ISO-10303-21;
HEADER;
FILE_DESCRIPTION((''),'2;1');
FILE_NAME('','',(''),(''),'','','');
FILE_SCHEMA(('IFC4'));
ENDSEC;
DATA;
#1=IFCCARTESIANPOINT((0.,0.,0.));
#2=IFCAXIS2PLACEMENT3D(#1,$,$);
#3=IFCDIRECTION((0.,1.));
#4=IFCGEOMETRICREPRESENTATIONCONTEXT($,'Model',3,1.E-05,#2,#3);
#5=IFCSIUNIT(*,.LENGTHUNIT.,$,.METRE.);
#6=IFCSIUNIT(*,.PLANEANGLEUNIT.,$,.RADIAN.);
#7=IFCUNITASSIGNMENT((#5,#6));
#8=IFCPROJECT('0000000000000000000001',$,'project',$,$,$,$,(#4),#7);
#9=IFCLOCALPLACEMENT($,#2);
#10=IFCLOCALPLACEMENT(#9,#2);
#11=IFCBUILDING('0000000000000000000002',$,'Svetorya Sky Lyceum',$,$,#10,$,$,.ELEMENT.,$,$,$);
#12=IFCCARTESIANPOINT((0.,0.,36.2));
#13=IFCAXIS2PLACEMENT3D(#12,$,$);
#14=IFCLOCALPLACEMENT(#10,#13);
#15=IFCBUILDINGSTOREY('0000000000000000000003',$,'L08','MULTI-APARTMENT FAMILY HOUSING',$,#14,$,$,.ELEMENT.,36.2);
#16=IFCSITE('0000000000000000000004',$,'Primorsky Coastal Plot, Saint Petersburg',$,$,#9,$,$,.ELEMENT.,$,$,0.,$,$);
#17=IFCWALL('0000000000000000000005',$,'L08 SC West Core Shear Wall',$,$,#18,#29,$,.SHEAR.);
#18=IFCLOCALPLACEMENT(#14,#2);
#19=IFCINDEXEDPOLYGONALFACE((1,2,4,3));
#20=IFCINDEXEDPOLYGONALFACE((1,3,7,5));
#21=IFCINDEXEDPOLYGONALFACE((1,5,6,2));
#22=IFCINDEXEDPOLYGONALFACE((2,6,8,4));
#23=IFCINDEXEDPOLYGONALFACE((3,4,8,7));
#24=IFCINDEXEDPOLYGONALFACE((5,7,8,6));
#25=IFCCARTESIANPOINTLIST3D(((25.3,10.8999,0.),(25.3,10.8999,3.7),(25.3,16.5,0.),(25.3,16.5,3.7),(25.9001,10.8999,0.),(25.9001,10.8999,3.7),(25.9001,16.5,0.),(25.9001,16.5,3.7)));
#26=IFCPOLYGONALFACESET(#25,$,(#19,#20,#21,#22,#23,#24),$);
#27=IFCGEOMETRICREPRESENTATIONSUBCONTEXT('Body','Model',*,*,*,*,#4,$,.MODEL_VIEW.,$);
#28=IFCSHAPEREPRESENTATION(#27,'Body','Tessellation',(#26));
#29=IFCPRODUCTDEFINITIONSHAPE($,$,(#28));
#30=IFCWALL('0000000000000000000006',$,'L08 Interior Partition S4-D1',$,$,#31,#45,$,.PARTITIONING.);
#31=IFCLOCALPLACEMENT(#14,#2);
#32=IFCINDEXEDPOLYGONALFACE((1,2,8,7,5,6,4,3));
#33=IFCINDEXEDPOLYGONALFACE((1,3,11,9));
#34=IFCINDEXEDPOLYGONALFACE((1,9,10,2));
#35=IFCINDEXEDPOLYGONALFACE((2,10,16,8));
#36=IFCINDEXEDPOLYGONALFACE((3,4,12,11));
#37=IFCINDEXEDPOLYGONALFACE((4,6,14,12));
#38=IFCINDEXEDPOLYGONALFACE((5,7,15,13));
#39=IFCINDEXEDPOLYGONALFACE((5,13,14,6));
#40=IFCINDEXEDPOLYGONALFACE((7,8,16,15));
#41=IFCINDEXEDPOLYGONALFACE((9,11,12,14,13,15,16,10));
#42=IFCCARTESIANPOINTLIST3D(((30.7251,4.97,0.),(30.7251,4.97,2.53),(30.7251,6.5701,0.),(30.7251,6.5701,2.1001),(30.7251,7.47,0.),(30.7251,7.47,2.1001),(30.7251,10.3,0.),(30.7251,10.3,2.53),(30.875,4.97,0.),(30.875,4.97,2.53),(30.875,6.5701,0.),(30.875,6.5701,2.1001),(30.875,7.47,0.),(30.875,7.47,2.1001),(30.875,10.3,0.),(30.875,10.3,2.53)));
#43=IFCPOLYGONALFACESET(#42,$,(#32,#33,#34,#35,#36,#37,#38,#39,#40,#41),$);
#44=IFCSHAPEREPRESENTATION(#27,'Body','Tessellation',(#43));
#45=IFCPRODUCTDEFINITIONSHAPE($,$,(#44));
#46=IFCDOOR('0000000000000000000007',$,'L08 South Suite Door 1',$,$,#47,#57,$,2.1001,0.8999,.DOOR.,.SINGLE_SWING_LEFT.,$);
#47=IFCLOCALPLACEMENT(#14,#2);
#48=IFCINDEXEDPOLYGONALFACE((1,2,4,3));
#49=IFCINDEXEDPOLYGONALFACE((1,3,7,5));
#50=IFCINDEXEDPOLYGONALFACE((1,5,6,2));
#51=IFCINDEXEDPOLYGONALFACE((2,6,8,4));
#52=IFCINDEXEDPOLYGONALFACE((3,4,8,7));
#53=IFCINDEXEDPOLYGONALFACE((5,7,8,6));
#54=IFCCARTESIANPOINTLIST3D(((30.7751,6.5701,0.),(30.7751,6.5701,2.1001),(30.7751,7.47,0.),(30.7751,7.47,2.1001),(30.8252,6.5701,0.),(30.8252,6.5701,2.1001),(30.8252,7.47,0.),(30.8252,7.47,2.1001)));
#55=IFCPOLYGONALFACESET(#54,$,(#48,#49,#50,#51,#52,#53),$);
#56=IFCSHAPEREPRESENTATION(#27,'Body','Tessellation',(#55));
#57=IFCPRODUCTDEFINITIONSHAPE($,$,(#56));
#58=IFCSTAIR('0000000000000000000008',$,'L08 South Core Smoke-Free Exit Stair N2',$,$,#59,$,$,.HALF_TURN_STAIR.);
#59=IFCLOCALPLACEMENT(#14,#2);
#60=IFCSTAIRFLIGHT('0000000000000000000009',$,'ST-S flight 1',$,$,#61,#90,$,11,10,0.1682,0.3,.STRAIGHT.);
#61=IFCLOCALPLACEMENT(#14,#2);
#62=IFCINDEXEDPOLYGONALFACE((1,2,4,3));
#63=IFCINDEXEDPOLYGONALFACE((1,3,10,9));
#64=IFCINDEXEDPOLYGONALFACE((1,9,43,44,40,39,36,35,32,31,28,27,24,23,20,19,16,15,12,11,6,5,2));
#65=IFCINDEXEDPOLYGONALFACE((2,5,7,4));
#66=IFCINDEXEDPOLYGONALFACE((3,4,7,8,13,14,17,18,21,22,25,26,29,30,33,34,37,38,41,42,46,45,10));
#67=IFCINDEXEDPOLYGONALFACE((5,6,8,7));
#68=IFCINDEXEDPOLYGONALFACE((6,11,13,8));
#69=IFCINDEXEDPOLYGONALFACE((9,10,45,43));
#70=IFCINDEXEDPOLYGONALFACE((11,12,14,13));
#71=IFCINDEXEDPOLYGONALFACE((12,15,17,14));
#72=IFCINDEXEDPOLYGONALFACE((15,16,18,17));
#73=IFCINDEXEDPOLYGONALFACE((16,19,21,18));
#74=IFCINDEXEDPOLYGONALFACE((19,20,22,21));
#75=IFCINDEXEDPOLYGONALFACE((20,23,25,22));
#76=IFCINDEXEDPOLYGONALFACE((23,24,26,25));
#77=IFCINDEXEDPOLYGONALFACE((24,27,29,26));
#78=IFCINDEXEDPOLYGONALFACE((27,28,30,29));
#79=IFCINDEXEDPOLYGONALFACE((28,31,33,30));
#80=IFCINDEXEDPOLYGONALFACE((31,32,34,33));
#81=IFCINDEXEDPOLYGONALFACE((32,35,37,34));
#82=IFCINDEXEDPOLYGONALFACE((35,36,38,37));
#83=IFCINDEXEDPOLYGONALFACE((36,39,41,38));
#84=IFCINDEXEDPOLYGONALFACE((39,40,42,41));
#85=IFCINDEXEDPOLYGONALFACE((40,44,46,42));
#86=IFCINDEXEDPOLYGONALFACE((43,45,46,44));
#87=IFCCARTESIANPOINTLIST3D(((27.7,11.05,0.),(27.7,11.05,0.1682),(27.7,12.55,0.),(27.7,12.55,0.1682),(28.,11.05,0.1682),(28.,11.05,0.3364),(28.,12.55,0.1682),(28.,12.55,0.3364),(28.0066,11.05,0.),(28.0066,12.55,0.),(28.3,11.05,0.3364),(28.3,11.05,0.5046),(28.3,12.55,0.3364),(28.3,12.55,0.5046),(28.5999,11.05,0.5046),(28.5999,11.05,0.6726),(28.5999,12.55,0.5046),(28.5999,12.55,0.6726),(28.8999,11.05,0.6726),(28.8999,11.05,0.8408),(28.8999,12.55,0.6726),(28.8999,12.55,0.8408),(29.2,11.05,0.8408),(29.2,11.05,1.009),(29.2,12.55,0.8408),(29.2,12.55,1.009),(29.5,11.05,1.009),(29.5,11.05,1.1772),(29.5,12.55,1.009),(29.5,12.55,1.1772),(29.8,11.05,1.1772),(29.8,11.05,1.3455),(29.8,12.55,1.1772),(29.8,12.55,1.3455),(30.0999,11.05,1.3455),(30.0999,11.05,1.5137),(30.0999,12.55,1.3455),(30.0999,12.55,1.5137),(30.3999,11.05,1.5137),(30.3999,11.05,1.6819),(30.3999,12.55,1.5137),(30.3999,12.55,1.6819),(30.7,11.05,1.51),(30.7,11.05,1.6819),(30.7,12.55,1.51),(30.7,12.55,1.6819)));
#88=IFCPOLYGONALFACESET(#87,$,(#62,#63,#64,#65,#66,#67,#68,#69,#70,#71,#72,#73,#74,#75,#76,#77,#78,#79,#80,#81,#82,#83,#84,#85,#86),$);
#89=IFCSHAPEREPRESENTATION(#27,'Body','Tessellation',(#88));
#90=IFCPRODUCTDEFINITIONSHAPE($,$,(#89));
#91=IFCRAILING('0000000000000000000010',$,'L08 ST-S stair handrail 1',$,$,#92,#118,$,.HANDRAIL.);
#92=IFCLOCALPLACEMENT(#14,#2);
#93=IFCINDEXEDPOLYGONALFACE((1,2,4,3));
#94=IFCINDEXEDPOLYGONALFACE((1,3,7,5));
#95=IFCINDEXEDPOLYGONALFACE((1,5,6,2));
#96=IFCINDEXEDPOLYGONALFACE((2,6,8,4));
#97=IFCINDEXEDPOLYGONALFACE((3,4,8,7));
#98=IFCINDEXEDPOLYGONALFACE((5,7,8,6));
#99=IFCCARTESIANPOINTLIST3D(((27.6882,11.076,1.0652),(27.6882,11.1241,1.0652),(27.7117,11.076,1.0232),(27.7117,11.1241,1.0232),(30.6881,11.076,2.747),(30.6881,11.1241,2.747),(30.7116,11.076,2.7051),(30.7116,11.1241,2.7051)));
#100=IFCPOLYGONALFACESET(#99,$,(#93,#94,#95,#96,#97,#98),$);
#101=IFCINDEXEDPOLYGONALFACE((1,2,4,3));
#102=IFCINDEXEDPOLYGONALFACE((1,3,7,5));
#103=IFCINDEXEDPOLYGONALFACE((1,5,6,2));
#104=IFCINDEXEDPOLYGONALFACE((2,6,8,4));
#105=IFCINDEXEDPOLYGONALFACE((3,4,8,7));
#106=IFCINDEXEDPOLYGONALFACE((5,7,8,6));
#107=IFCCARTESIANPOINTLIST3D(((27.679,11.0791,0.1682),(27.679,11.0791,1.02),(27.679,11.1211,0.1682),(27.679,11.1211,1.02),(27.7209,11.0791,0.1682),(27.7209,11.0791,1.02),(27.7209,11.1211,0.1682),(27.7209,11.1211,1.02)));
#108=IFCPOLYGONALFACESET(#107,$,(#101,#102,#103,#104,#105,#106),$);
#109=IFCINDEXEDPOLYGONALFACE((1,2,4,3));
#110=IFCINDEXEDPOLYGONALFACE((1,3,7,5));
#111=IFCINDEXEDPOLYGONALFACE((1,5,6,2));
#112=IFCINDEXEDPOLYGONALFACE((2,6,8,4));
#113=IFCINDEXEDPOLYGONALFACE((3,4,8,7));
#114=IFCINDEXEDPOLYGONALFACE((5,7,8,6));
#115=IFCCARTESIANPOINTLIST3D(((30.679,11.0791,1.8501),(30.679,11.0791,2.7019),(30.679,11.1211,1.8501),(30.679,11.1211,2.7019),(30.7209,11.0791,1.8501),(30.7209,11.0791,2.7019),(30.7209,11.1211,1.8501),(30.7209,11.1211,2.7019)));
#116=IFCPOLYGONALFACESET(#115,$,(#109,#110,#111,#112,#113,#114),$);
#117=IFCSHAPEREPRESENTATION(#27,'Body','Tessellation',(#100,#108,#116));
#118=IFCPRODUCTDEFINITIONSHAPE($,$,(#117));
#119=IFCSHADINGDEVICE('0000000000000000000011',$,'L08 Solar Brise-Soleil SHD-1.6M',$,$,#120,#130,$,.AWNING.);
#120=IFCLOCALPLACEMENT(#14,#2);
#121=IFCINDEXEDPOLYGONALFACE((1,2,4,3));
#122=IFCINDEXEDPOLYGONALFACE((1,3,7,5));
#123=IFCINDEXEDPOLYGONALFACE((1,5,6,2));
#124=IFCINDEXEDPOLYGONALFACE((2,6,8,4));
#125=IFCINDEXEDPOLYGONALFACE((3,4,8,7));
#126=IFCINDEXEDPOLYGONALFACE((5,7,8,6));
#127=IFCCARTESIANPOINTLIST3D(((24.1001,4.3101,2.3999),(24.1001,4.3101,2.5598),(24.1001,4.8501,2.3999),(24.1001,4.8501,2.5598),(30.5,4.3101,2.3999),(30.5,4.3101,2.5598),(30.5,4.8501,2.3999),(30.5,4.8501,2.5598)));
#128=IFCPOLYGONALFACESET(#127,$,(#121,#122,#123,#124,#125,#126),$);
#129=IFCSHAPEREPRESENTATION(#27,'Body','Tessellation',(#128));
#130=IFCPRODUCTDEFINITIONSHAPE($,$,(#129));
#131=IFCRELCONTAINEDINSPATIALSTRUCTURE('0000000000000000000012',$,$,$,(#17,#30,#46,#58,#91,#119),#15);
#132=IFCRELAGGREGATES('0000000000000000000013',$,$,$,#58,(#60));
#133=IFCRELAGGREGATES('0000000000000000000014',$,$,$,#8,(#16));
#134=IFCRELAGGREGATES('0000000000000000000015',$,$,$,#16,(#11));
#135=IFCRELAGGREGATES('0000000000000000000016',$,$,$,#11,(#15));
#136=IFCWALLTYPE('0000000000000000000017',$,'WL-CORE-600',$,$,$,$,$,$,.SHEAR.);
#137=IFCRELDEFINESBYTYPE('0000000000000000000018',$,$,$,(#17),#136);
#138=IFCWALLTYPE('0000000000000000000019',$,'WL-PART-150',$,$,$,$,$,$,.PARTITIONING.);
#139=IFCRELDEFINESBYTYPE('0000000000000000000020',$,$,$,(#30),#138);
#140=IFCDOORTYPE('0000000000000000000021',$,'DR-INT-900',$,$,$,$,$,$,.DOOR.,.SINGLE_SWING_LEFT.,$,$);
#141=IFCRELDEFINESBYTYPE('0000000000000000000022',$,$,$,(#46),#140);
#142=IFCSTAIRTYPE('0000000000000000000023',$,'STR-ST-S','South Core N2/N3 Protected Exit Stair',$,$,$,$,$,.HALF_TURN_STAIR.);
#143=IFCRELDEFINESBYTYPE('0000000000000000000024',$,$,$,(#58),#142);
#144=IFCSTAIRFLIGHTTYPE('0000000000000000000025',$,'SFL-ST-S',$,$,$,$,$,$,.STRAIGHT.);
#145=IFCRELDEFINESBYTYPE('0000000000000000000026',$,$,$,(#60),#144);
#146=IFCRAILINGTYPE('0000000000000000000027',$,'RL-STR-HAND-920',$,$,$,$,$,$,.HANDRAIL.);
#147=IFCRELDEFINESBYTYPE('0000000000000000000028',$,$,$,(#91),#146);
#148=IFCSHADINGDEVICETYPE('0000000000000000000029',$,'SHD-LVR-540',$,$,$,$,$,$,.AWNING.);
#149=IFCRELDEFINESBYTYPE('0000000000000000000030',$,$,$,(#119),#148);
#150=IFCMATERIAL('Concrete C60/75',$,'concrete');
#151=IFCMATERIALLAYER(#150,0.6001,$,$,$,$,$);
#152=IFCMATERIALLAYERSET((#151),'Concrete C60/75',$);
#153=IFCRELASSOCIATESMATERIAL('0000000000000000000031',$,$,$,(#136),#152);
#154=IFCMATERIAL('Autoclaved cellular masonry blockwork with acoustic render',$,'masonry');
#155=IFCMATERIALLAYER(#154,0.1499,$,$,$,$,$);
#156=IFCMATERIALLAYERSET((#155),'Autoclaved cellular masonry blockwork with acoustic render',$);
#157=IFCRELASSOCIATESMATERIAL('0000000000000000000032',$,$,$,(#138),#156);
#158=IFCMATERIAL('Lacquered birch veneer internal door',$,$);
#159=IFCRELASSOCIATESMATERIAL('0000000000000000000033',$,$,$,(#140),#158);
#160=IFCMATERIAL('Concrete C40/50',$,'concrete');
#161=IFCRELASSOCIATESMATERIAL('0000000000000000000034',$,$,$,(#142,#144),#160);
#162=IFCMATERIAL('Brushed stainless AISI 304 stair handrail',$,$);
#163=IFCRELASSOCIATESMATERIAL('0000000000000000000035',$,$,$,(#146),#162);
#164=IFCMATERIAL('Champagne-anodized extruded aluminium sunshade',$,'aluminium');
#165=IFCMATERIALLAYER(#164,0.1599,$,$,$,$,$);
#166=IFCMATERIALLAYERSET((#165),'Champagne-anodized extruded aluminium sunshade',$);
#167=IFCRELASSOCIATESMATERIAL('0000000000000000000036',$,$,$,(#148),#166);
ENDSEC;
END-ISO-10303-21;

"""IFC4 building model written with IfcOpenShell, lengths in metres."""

from ifc_helpers import new_model, si_unit, direction, frame, frame_2d, origin, origin_2d, place, context, subcontext, project, spatial, polyline, rectangle, outline, extrude, material, layer, layer_set, type_object, element, fill, aggregate, save


model = new_model("IFC4")

# Units and contexts
model_context = context("Model", 3, precision=1e-05, world=origin(), true_north=direction((0.0, 1.0)))
body_context = subcontext(model_context, "Body", "Model", "MODEL_VIEW")
ifc_project = project(units=[si_unit("LENGTHUNIT", "METRE"), si_unit("PLANEANGLEUNIT", "RADIAN")], contexts=[model_context])

# Site, building, storey
site_placement = place(None, origin())
site = spatial("IfcSite", under=ifc_project, at=site_placement, Name="Primorsky Coastal Plot, Saint Petersburg", CompositionType="ELEMENT", RefElevation=0.0)
building_placement = place(site_placement, origin())
building = spatial("IfcBuilding", under=site, at=building_placement, Name="Svetorya Sky Lyceum", CompositionType="ELEMENT")
storey_placement = place(building_placement, frame((0.0, 0.0, 36.2)))
storey = spatial("IfcBuildingStorey", under=building, at=storey_placement, Name="L08", Description="MULTI-APARTMENT FAMILY HOUSING", CompositionType="ELEMENT", Elevation=36.2)

# Shared definitions
ifc_material_1 = material(Name="Concrete C60/75", Category="concrete")

# Wall
ifc_material_2 = material(Name="Concrete C40/50", Category="concrete")
ifc_layer_1 = layer(ifc_material_1, 0.6001)
ifc_layer_set_1 = layer_set([ifc_layer_1], Name="Concrete C60/75")
wall_type_1 = type_object("IfcWallType", Name="WL-CORE-600", PredefinedType="SHEAR", material=ifc_layer_set_1)
wall_1_placement = place(storey_placement, frame((25.6001, 10.8999, 0.0), z_axis=(0.0, 0.0, 1.0), x_axis=(0.0, 1.0, 0.0)))
element("IfcWall", 1, at=wall_1_placement, inside=storey, type_object=wall_type_1, Name="L08 SC West Core Shear Wall", PredefinedType="SHEAR", context=body_context, shape_type="SweptSolid", body=[
    extrude(rectangle(XDim=5.6001, YDim=0.6001, at=frame_2d((2.8, 0.0))), origin(), (0.0, 0.0, 1.0), 3.7),
])

# Wall, opening, door
ifc_material_3 = material(Name="Autoclaved cellular masonry blockwork with acoustic render", Category="masonry")
ifc_layer_2 = layer(ifc_material_3, 0.1499)
ifc_layer_set_2 = layer_set([ifc_layer_2], Name="Autoclaved cellular masonry blockwork with acoustic render")
wall_type_2 = type_object("IfcWallType", Name="WL-PART-150", PredefinedType="PARTITIONING", material=ifc_layer_set_2)
wall_2_placement = place(storey_placement, frame((30.8, 4.97, 0.0), z_axis=(0.0, 0.0, 1.0), x_axis=(0.0, 1.0, 0.0)))
wall_2 = element("IfcWall", 2, at=wall_2_placement, inside=storey, type_object=wall_type_2, Name="L08 Interior Partition S4-D1", PredefinedType="PARTITIONING", context=body_context, shape_type="SweptSolid", body=[
    extrude(rectangle(XDim=5.3301, YDim=0.1499, at=frame_2d((2.665, 0.0))), origin(), (0.0, 0.0, 1.0), 2.53),
])
opening_placement = place(wall_2_placement, frame((1.6001, 0.0, 0.0)))
opening = element("IfcOpeningElement", 3, at=opening_placement, cuts=wall_2, PredefinedType="OPENING", context=body_context, shape_type="SweptSolid", body=[
    extrude(rectangle(XDim=0.8999, YDim=2.1001, at=frame_2d((0.45, 1.05))), frame((0.0, 0.085, 0.0), z_axis=(0.0, -1.0, 0.0), x_axis=(1.0, 0.0, 0.0)), (0.0, 0.0, 1.0), 0.1699),
])
ifc_material_4 = material(Name="Lacquered birch veneer internal door")
door_type = type_object("IfcDoorType", Name="DR-INT-900", OperationType="SINGLE_SWING_LEFT", PredefinedType="DOOR", material=ifc_material_4)
door_placement = place(opening_placement, origin())
door = element("IfcDoor", 4, at=door_placement, inside=storey, type_object=door_type, Name="L08 South Suite Door 1", OperationType="SINGLE_SWING_LEFT", OverallHeight=2.1001, OverallWidth=0.8999, PredefinedType="DOOR", context=body_context, shape_type="SweptSolid", body=[
    extrude(rectangle(XDim=0.8999, YDim=2.1001, at=frame_2d((0.45, 1.05))), frame((0.0, 0.0249, 0.0), z_axis=(0.0, -1.0, 0.0), x_axis=(1.0, 0.0, 0.0)), (0.0, 0.0, 1.0), 0.05),
])
fill(opening, door)

# Stair, stair flight
stair_type = type_object("IfcStairType", Name="STR-ST-S", Description="South Core N2/N3 Protected Exit Stair", PredefinedType="HALF_TURN_STAIR", material=ifc_material_2)
stair_placement = place(storey_placement, origin())
stair = element("IfcStair", 5, at=stair_placement, inside=storey, type_object=stair_type, Name="L08 South Core Smoke-Free Exit Stair N2", PredefinedType="HALF_TURN_STAIR")
stair_flight_type = type_object("IfcStairFlightType", Name="SFL-ST-S", PredefinedType="STRAIGHT", material=ifc_material_2)
stair_flight_placement = place(storey_placement, frame((27.7, 11.8, 0.0), z_axis=(0.0, 0.0, 1.0), x_axis=(1.0, 0.0, 0.0)))
stair_flight = element("IfcStairFlight", 6, at=stair_flight_placement, type_object=stair_flight_type, Name="ST-S flight 1", NumberOfRisers=11, NumberOfTreads=10, PredefinedType="STRAIGHT", RiserHeight=0.1682, TreadLength=0.3, context=body_context, shape_type="SweptSolid", body=[
    extrude(outline(polyline([(0.0, 0.0), (0.0, 0.1682), (0.3, 0.1682), (0.3, 0.3364), (0.6001, 0.3364), (0.6001, 0.5046), (0.8999, 0.5046), (0.8999, 0.6726), (1.2, 0.6726), (1.2, 0.8408), (1.5, 0.8408), (1.5, 1.009), (1.8, 1.009), (1.8, 1.1772), (2.1001, 1.1772), (2.1001, 1.3455), (2.3999, 1.3455), (2.3999, 1.5137), (2.7, 1.5137), (2.7, 1.6819), (3.0, 1.6819), (3.0, 1.8501), (3.0, 1.51), (0.3066, 0.0), (0.0, 0.0)])), frame((0.0, 0.75, 0.0), z_axis=(0.0, -1.0, 0.0), x_axis=(1.0, 0.0, 0.0)), (0.0, 0.0, 1.0), 1.5),
])
aggregate(stair, [stair_flight])

# Railing
ifc_material_5 = material(Name="Brushed stainless AISI 304 stair handrail")
railing_type = type_object("IfcRailingType", Name="RL-STR-HAND-920", PredefinedType="HANDRAIL", material=ifc_material_5)
railing_placement = place(storey_placement, frame((27.7, 11.1001, 0.1682)))
element("IfcRailing", 7, at=railing_placement, inside=storey, type_object=railing_type, Name="L08 ST-S stair handrail 1", PredefinedType="HANDRAIL", context=body_context, shape_type="SweptSolid", body=[
    extrude(rectangle(XDim=0.0481, YDim=0.0481, at=origin_2d()), frame((0.0, 0.0, 0.876), z_axis=(0.872272, 0.0, 0.48902), x_axis=(0.0, 1.0, 0.0)), (0.0, 0.0, 1.0), 3.4392),
    extrude(rectangle(XDim=0.042, YDim=0.042, at=origin_2d()), origin(), (0.0, 0.0, 1.0), 0.8518),
    extrude(rectangle(XDim=0.042, YDim=0.042, at=origin_2d()), frame((3.0, 0.0, 1.6819)), (0.0, 0.0, 1.0), 0.8518),
])

# Shading device
ifc_material_6 = material(Name="Champagne-anodized extruded aluminium sunshade", Category="aluminium")
ifc_layer_3 = layer(ifc_material_6, 0.1599)
ifc_layer_set_3 = layer_set([ifc_layer_3], Name="Champagne-anodized extruded aluminium sunshade")
shading_device_type = type_object("IfcShadingDeviceType", Name="SHD-LVR-540", PredefinedType="AWNING", material=ifc_layer_set_3)
shading_device_placement = place(storey_placement, frame((27.3, 4.5801, 2.3999), z_axis=(0.0, 0.0, 1.0), x_axis=(1.0, 0.0, 0.0)))
element("IfcShadingDevice", 8, at=shading_device_placement, inside=storey, type_object=shading_device_type, Name="L08 Solar Brise-Soleil SHD-1.6M", PredefinedType="AWNING", context=body_context, shape_type="SweptSolid", body=[
    extrude(rectangle(XDim=6.3999, YDim=0.54, at=origin_2d()), origin(), (0.0, 0.0, 1.0), 0.1599),
])

save(model, "model.ifc")
